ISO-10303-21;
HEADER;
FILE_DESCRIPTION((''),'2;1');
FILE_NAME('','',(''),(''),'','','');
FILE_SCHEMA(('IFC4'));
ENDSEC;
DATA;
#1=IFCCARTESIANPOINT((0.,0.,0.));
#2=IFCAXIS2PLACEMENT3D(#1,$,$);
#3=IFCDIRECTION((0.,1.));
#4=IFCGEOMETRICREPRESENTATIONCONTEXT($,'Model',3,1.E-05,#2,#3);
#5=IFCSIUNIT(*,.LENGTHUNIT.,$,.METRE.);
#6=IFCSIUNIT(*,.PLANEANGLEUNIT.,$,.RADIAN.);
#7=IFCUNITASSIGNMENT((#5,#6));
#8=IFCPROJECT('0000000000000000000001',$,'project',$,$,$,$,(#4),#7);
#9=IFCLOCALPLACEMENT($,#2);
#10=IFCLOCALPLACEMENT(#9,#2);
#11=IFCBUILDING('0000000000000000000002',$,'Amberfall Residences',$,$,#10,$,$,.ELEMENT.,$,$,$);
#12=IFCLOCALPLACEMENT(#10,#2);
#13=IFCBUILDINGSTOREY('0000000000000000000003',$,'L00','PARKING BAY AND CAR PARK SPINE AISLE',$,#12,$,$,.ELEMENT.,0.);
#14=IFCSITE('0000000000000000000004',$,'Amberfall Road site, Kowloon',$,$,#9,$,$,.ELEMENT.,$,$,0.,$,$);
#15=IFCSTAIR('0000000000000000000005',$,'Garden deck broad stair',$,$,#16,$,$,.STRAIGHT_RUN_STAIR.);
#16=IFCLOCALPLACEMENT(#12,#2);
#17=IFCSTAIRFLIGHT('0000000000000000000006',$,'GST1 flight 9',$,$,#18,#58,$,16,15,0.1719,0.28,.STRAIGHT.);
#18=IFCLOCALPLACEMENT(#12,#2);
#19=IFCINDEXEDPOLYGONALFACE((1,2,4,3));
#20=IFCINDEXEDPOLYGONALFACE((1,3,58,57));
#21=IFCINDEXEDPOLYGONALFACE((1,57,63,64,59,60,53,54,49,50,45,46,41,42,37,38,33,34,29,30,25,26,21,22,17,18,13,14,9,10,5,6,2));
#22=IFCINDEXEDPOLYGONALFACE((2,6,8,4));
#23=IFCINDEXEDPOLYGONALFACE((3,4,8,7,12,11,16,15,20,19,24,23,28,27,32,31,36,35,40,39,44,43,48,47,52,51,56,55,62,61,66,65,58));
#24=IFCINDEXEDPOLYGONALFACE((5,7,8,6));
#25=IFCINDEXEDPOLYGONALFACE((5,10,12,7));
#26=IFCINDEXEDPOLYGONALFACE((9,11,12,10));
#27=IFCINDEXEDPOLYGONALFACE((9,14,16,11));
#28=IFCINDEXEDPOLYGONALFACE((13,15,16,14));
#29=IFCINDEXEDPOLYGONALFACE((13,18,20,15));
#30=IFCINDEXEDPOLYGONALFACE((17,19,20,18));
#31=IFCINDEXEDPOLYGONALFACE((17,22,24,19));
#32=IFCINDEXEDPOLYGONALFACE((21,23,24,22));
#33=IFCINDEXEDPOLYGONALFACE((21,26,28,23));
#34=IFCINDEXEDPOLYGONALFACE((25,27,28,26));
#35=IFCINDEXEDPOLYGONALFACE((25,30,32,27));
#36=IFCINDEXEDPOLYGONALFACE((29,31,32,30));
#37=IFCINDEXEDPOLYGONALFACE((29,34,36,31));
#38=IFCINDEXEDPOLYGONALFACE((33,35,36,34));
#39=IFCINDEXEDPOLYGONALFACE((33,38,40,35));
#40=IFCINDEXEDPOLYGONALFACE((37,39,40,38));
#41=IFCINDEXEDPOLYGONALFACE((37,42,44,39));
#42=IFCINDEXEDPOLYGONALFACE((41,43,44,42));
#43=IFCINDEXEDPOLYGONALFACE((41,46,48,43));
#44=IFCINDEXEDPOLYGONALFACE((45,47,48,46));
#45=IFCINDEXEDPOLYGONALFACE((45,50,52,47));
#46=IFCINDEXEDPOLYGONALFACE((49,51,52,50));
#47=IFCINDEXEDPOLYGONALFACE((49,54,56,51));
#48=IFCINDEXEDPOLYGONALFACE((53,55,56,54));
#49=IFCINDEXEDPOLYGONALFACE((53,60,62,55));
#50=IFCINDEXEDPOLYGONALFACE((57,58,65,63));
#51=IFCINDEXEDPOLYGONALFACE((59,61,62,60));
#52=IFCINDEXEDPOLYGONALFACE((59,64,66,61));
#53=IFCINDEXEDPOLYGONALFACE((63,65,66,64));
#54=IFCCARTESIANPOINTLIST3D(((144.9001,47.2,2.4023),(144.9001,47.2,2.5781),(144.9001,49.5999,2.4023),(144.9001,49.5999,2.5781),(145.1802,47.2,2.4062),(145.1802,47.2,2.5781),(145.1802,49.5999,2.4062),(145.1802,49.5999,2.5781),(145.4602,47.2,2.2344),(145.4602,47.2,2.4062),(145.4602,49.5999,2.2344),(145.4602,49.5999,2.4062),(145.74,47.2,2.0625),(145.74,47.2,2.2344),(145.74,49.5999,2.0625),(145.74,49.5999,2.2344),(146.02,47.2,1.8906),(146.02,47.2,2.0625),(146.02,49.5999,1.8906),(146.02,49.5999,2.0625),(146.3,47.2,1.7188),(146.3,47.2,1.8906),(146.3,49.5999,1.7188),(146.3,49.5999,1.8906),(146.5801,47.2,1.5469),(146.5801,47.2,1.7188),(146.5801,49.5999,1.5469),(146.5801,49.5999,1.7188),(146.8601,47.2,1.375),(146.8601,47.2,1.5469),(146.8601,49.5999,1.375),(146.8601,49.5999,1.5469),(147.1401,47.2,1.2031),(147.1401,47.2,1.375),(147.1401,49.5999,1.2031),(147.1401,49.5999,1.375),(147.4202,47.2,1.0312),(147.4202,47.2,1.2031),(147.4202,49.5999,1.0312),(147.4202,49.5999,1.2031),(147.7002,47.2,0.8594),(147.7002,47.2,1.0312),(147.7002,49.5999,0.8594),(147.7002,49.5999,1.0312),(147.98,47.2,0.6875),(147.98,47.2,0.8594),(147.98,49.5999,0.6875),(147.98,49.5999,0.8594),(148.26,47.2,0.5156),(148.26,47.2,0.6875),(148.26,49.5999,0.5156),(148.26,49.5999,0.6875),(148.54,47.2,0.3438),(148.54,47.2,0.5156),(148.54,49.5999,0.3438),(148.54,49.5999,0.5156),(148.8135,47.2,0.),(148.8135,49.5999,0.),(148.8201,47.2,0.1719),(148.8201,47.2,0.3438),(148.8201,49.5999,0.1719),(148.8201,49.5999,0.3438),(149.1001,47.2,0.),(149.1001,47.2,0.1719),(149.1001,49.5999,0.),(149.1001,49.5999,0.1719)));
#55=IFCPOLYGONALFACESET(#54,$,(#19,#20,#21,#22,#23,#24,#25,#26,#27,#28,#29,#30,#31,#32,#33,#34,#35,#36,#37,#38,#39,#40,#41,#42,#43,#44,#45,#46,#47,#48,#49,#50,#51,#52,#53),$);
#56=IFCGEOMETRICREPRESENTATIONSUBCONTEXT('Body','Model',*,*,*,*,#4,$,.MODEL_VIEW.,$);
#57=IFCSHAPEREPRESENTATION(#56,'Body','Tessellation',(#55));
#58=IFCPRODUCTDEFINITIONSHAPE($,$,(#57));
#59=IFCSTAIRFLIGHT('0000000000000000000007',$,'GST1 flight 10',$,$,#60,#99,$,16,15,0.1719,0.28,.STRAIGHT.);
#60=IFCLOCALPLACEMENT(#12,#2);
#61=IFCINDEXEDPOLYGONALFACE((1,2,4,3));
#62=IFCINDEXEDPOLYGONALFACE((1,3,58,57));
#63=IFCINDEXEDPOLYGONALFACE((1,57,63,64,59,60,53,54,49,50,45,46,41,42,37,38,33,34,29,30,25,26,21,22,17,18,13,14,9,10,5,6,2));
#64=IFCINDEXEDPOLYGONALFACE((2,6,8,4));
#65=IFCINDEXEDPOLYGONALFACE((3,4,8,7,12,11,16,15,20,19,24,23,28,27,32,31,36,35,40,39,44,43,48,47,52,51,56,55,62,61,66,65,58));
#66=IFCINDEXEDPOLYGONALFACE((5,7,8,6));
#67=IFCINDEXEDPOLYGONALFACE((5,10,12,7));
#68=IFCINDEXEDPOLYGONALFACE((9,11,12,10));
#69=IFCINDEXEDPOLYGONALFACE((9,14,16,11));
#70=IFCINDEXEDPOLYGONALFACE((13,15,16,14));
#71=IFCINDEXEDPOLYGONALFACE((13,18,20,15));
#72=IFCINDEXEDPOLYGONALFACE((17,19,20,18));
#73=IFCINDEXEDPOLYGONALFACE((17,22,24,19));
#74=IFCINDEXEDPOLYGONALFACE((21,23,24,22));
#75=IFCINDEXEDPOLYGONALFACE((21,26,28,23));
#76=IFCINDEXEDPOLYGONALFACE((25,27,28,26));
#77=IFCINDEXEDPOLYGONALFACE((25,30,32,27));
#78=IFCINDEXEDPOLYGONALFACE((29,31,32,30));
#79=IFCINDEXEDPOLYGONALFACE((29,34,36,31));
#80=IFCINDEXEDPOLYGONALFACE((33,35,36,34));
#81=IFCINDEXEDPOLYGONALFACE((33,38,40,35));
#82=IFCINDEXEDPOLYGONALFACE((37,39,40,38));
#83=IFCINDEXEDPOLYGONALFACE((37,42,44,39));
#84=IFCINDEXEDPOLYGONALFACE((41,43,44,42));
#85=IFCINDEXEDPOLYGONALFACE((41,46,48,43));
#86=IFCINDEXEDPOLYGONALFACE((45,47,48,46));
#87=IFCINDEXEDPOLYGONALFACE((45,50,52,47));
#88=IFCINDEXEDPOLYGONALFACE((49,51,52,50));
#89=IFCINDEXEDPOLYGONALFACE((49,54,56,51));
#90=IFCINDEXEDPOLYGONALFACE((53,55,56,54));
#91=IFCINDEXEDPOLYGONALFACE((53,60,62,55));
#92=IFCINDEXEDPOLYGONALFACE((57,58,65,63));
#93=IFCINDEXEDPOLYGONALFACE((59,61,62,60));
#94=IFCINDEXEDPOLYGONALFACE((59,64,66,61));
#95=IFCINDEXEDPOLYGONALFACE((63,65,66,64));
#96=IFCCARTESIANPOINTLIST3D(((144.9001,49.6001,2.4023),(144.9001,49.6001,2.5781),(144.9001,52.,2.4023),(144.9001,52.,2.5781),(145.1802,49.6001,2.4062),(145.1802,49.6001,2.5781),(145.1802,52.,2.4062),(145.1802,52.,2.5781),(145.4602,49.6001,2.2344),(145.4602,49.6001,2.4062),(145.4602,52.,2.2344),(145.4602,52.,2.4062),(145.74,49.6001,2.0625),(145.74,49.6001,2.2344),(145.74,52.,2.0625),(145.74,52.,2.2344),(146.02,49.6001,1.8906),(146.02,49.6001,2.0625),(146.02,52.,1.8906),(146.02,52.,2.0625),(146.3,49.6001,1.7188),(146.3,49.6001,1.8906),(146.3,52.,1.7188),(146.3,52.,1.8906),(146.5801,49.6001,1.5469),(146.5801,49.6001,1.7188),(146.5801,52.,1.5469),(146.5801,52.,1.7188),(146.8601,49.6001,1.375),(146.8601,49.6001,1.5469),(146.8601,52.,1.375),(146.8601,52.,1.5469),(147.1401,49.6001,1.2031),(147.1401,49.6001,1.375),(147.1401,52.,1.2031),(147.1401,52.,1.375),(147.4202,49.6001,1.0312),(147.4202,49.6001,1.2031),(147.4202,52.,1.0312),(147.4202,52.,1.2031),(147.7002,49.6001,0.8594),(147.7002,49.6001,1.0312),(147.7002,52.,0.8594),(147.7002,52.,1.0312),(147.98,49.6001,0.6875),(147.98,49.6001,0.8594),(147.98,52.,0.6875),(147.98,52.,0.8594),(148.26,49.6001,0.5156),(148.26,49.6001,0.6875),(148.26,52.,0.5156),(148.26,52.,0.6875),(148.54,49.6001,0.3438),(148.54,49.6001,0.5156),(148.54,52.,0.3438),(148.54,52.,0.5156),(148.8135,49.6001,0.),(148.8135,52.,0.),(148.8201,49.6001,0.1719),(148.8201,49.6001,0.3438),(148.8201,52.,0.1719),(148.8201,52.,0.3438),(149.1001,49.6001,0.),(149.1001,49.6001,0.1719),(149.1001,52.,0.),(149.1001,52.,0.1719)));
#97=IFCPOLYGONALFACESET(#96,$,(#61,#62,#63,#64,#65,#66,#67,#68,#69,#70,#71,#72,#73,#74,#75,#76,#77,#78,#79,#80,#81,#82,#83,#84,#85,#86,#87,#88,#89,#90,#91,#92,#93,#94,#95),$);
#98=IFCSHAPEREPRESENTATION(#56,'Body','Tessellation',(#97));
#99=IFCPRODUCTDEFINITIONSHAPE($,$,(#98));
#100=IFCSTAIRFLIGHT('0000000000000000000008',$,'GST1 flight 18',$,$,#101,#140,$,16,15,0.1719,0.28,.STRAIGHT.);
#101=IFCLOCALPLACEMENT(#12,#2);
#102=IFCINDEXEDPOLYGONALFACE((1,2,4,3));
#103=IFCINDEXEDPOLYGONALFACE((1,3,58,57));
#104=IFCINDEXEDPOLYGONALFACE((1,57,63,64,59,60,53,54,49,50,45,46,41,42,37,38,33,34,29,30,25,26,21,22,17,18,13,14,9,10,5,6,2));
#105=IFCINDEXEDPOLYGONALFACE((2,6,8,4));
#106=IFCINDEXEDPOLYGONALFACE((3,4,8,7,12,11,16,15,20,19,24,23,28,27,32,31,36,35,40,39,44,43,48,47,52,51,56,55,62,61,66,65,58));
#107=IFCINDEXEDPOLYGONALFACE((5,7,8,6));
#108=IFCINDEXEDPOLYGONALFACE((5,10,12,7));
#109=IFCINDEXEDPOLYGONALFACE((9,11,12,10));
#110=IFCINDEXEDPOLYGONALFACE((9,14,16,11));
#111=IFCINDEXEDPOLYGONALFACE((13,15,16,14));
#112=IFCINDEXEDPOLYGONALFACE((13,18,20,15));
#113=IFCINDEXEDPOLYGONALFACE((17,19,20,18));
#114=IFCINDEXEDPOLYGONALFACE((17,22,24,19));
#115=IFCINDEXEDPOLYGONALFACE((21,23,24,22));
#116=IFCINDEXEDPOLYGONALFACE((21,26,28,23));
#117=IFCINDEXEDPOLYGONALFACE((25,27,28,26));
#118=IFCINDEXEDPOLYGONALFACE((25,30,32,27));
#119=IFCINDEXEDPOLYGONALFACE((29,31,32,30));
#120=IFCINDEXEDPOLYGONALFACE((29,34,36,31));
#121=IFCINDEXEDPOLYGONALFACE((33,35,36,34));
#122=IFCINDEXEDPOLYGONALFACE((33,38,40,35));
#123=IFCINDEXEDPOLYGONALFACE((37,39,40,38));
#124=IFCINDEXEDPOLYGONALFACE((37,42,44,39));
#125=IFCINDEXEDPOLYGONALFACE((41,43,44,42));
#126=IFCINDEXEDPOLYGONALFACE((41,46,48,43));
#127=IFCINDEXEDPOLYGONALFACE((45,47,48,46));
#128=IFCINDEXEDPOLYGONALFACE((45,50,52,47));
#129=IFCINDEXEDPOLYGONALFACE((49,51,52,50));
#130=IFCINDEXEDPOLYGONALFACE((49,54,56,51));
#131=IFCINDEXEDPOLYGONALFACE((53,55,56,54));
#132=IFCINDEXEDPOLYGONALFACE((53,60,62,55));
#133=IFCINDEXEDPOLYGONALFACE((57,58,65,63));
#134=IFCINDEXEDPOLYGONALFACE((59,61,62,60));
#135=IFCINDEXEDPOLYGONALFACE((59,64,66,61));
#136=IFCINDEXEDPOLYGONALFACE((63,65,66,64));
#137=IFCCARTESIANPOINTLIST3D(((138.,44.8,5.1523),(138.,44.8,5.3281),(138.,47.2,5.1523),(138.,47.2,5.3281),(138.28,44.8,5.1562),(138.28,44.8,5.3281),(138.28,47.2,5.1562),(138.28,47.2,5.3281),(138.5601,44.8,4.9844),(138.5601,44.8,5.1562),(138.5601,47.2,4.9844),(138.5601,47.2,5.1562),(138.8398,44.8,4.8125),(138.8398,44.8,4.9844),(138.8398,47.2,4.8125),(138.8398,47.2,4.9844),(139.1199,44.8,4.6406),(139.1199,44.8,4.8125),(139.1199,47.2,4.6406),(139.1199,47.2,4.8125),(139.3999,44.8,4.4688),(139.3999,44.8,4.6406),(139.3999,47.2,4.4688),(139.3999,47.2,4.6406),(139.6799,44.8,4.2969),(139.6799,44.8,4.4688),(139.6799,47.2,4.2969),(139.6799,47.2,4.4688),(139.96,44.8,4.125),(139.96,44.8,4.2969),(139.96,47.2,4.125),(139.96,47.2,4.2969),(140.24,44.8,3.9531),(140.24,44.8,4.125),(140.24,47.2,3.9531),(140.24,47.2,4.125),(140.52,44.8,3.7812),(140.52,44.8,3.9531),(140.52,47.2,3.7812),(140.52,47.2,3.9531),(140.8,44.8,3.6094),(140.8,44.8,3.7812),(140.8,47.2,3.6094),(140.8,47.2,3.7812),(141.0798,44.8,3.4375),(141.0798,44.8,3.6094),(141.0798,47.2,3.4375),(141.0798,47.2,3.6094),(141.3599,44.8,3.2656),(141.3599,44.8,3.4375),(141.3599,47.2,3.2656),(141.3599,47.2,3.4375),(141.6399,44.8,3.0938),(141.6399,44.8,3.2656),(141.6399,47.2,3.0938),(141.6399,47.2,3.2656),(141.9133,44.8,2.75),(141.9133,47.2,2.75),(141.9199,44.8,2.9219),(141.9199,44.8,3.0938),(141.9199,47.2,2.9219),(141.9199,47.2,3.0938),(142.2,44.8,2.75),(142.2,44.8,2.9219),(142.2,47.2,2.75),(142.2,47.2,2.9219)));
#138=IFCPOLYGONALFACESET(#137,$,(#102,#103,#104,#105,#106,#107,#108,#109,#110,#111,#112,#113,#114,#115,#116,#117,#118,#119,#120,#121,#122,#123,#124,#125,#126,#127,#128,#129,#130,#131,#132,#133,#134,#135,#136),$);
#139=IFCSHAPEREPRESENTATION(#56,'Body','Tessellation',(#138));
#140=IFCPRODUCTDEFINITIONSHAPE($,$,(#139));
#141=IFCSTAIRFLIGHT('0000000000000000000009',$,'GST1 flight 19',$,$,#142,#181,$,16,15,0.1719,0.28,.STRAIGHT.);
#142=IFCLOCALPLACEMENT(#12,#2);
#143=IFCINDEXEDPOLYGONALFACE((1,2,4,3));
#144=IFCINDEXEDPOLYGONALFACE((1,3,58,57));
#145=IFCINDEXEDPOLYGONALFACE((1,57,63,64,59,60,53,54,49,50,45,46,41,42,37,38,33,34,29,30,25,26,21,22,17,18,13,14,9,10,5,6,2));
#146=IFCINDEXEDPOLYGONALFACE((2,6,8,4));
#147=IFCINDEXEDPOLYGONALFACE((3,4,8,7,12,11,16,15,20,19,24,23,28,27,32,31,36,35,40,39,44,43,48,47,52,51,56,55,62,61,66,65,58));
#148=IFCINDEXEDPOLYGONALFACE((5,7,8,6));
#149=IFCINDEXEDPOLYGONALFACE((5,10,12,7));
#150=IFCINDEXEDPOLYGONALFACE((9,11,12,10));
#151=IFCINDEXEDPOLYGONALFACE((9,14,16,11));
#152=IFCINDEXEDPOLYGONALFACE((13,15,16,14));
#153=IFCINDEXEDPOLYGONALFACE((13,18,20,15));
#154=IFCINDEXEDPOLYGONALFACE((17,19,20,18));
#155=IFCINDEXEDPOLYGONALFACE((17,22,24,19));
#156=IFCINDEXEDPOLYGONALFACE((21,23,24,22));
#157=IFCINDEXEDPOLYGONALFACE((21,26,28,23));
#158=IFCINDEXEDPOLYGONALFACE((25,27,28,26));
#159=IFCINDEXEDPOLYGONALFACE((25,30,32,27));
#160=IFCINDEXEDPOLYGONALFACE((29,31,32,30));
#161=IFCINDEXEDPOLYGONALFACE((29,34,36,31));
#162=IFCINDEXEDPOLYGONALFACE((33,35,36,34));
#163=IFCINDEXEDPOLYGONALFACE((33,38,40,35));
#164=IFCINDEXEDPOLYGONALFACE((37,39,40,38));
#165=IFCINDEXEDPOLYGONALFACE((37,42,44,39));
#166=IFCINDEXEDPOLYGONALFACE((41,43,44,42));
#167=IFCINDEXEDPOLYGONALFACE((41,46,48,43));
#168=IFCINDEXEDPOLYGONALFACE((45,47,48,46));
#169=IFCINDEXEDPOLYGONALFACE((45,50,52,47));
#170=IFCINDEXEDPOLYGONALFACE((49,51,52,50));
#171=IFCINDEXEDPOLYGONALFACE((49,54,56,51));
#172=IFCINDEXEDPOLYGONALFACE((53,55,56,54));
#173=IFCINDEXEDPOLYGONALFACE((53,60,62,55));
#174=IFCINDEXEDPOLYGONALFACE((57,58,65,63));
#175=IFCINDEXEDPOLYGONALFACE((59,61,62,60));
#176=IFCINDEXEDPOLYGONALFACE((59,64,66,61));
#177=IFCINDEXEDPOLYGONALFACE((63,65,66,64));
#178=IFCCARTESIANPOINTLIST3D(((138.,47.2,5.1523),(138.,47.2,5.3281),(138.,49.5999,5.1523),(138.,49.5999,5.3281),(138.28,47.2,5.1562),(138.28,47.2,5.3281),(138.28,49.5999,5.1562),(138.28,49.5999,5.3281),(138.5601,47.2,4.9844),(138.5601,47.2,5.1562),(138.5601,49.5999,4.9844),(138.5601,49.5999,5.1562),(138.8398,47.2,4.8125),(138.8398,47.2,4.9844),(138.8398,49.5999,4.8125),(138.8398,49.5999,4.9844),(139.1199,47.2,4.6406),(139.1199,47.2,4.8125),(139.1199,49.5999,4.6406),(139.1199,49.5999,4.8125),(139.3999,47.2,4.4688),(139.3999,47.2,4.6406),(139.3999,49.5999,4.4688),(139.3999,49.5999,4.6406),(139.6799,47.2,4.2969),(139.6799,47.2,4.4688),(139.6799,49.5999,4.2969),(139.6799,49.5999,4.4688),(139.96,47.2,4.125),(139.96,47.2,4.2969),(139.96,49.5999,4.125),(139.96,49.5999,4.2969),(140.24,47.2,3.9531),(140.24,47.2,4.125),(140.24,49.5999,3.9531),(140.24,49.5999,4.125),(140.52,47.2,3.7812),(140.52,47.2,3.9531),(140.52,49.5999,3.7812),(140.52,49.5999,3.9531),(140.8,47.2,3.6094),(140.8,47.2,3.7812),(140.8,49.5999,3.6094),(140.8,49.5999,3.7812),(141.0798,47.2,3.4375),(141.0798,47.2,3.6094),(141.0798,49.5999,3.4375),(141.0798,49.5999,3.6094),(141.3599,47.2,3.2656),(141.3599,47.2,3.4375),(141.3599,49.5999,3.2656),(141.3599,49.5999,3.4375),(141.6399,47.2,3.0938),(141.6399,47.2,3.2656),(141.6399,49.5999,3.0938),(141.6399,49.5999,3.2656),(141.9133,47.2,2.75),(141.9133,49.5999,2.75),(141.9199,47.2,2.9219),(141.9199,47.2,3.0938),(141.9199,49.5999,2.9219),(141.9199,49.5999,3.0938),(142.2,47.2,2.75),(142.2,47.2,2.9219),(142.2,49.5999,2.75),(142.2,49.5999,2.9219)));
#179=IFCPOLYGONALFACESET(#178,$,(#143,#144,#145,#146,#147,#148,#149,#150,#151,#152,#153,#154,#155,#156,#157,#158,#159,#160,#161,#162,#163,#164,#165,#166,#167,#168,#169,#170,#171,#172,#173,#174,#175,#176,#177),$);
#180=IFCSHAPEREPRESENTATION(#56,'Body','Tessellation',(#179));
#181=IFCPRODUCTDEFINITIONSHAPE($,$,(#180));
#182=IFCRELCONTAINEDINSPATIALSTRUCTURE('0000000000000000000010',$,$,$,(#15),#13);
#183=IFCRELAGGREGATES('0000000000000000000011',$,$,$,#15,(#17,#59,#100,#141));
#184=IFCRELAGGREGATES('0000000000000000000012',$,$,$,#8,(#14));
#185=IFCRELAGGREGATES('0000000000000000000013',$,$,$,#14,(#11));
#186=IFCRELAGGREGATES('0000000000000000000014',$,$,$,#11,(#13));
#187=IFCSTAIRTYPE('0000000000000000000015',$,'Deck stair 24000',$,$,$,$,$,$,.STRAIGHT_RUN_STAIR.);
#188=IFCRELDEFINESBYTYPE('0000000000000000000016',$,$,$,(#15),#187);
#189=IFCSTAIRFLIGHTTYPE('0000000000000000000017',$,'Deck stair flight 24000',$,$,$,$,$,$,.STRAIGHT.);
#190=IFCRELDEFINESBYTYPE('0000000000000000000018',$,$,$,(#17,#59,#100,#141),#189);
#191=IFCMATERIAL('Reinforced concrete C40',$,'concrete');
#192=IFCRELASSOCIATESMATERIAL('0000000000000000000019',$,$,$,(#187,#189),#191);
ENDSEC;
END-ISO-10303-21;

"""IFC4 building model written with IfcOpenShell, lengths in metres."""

from ifc_helpers import new_model, si_unit, direction, frame, origin, place, context, subcontext, project, spatial, polyline, outline, extrude, material, type_object, element, aggregate, save


model = new_model("IFC4")

# Units and contexts
model_context = context("Model", 3, precision=1e-05, world=origin(), true_north=direction((0.0, 1.0)))
body_context = subcontext(model_context, "Body", "Model", "MODEL_VIEW")
ifc_project = project(units=[si_unit("LENGTHUNIT", "METRE"), si_unit("PLANEANGLEUNIT", "RADIAN")], contexts=[model_context])

# Site, building, storey
site_placement = place(None, origin())
site = spatial("IfcSite", under=ifc_project, at=site_placement, Name="Amberfall Road site, Kowloon", CompositionType="ELEMENT", RefElevation=0.0)
building_placement = place(site_placement, origin())
building = spatial("IfcBuilding", under=site, at=building_placement, Name="Amberfall Residences", CompositionType="ELEMENT")
storey_placement = place(building_placement, origin())
storey = spatial("IfcBuildingStorey", under=building, at=storey_placement, Name="L00", Description="PARKING BAY AND CAR PARK SPINE AISLE", CompositionType="ELEMENT", Elevation=0.0)

# Shared definitions
ifc_material_1 = material(Name="Reinforced concrete C40", Category="concrete")

# Stair, stair flights
stair_type = type_object("IfcStairType", Name="Deck stair 24000", PredefinedType="STRAIGHT_RUN_STAIR", material=ifc_material_1)
stair_placement = place(storey_placement, origin())
stair = element("IfcStair", 1, at=stair_placement, inside=storey, type_object=stair_type, Name="Garden deck broad stair", PredefinedType="STRAIGHT_RUN_STAIR")
stair_flight_type = type_object("IfcStairFlightType", Name="Deck stair flight 24000", PredefinedType="STRAIGHT", material=ifc_material_1)
stair_flight_1_placement = place(storey_placement, frame((149.1001, 48.3999, 0.0), z_axis=(0.0, 0.0, 1.0), x_axis=(-1.0, 0.0, 0.0)))
stair_flight_1 = element("IfcStairFlight", 2, at=stair_flight_1_placement, type_object=stair_flight_type, Name="GST1 flight 9", NumberOfRisers=16, NumberOfTreads=15, PredefinedType="STRAIGHT", RiserHeight=0.1719, TreadLength=0.28, context=body_context, shape_type="SweptSolid", body=[
    extrude(outline(polyline([(0.0, 0.0), (0.0, 0.1719), (0.28, 0.1719), (0.28, 0.3438), (0.5601, 0.3438), (0.5601, 0.5156), (0.8401, 0.5156), (0.8401, 0.6875), (1.1201, 0.6875), (1.1201, 0.8594), (1.3999, 0.8594), (1.3999, 1.0312), (1.6799, 1.0312), (1.6799, 1.2031), (1.96, 1.2031), (1.96, 1.375), (2.24, 1.375), (2.24, 1.5469), (2.52, 1.5469), (2.52, 1.7188), (2.8, 1.7188), (2.8, 1.8906), (3.0801, 1.8906), (3.0801, 2.0625), (3.3601, 2.0625), (3.3601, 2.2344), (3.6399, 2.2344), (3.6399, 2.4062), (3.9199, 2.4062), (3.9199, 2.5781), (4.2, 2.5781), (4.2, 2.75), (4.2, 2.4023), (0.2866, 0.0), (0.0, 0.0)])), frame((0.0, 1.2, 0.0), z_axis=(0.0, -1.0, 0.0), x_axis=(1.0, 0.0, 0.0)), (0.0, 0.0, 1.0), 2.3999),
])
stair_flight_2_placement = place(storey_placement, frame((149.1001, 50.8, 0.0), z_axis=(0.0, 0.0, 1.0), x_axis=(-1.0, 0.0, 0.0)))
stair_flight_2 = element("IfcStairFlight", 3, at=stair_flight_2_placement, type_object=stair_flight_type, Name="GST1 flight 10", NumberOfRisers=16, NumberOfTreads=15, PredefinedType="STRAIGHT", RiserHeight=0.1719, TreadLength=0.28, context=body_context, shape_type="SweptSolid", body=[
    extrude(outline(polyline([(0.0, 0.0), (0.0, 0.1719), (0.28, 0.1719), (0.28, 0.3438), (0.5601, 0.3438), (0.5601, 0.5156), (0.8401, 0.5156), (0.8401, 0.6875), (1.1201, 0.6875), (1.1201, 0.8594), (1.3999, 0.8594), (1.3999, 1.0312), (1.6799, 1.0312), (1.6799, 1.2031), (1.96, 1.2031), (1.96, 1.375), (2.24, 1.375), (2.24, 1.5469), (2.52, 1.5469), (2.52, 1.7188), (2.8, 1.7188), (2.8, 1.8906), (3.0801, 1.8906), (3.0801, 2.0625), (3.3601, 2.0625), (3.3601, 2.2344), (3.6399, 2.2344), (3.6399, 2.4062), (3.9199, 2.4062), (3.9199, 2.5781), (4.2, 2.5781), (4.2, 2.75), (4.2, 2.4023), (0.2866, 0.0), (0.0, 0.0)])), frame((0.0, 1.2, 0.0), z_axis=(0.0, -1.0, 0.0), x_axis=(1.0, 0.0, 0.0)), (0.0, 0.0, 1.0), 2.3999),
])
stair_flight_3_placement = place(storey_placement, frame((142.2, 46.0, 2.75), z_axis=(0.0, 0.0, 1.0), x_axis=(-1.0, 0.0, 0.0)))
stair_flight_3 = element("IfcStairFlight", 4, at=stair_flight_3_placement, type_object=stair_flight_type, Name="GST1 flight 18", NumberOfRisers=16, NumberOfTreads=15, PredefinedType="STRAIGHT", RiserHeight=0.1719, TreadLength=0.28, context=body_context, shape_type="SweptSolid", body=[
    extrude(outline(polyline([(0.0, 0.0), (0.0, 0.1719), (0.28, 0.1719), (0.28, 0.3438), (0.5601, 0.3438), (0.5601, 0.5156), (0.8401, 0.5156), (0.8401, 0.6875), (1.1201, 0.6875), (1.1201, 0.8594), (1.3999, 0.8594), (1.3999, 1.0312), (1.6799, 1.0312), (1.6799, 1.2031), (1.96, 1.2031), (1.96, 1.375), (2.24, 1.375), (2.24, 1.5469), (2.52, 1.5469), (2.52, 1.7188), (2.8, 1.7188), (2.8, 1.8906), (3.0801, 1.8906), (3.0801, 2.0625), (3.3601, 2.0625), (3.3601, 2.2344), (3.6399, 2.2344), (3.6399, 2.4062), (3.9199, 2.4062), (3.9199, 2.5781), (4.2, 2.5781), (4.2, 2.75), (4.2, 2.4023), (0.2866, 0.0), (0.0, 0.0)])), frame((0.0, 1.2, 0.0), z_axis=(0.0, -1.0, 0.0), x_axis=(1.0, 0.0, 0.0)), (0.0, 0.0, 1.0), 2.3999),
])
stair_flight_4_placement = place(storey_placement, frame((142.2, 48.3999, 2.75), z_axis=(0.0, 0.0, 1.0), x_axis=(-1.0, 0.0, 0.0)))
stair_flight_4 = element("IfcStairFlight", 5, at=stair_flight_4_placement, type_object=stair_flight_type, Name="GST1 flight 19", NumberOfRisers=16, NumberOfTreads=15, PredefinedType="STRAIGHT", RiserHeight=0.1719, TreadLength=0.28, context=body_context, shape_type="SweptSolid", body=[
    extrude(outline(polyline([(0.0, 0.0), (0.0, 0.1719), (0.28, 0.1719), (0.28, 0.3438), (0.5601, 0.3438), (0.5601, 0.5156), (0.8401, 0.5156), (0.8401, 0.6875), (1.1201, 0.6875), (1.1201, 0.8594), (1.3999, 0.8594), (1.3999, 1.0312), (1.6799, 1.0312), (1.6799, 1.2031), (1.96, 1.2031), (1.96, 1.375), (2.24, 1.375), (2.24, 1.5469), (2.52, 1.5469), (2.52, 1.7188), (2.8, 1.7188), (2.8, 1.8906), (3.0801, 1.8906), (3.0801, 2.0625), (3.3601, 2.0625), (3.3601, 2.2344), (3.6399, 2.2344), (3.6399, 2.4062), (3.9199, 2.4062), (3.9199, 2.5781), (4.2, 2.5781), (4.2, 2.75), (4.2, 2.4023), (0.2866, 0.0), (0.0, 0.0)])), frame((0.0, 1.2, 0.0), z_axis=(0.0, -1.0, 0.0), x_axis=(1.0, 0.0, 0.0)), (0.0, 0.0, 1.0), 2.3999),
])
aggregate(stair, [stair_flight_1, stair_flight_2, stair_flight_3, stair_flight_4])

save(model, "model.ifc")
